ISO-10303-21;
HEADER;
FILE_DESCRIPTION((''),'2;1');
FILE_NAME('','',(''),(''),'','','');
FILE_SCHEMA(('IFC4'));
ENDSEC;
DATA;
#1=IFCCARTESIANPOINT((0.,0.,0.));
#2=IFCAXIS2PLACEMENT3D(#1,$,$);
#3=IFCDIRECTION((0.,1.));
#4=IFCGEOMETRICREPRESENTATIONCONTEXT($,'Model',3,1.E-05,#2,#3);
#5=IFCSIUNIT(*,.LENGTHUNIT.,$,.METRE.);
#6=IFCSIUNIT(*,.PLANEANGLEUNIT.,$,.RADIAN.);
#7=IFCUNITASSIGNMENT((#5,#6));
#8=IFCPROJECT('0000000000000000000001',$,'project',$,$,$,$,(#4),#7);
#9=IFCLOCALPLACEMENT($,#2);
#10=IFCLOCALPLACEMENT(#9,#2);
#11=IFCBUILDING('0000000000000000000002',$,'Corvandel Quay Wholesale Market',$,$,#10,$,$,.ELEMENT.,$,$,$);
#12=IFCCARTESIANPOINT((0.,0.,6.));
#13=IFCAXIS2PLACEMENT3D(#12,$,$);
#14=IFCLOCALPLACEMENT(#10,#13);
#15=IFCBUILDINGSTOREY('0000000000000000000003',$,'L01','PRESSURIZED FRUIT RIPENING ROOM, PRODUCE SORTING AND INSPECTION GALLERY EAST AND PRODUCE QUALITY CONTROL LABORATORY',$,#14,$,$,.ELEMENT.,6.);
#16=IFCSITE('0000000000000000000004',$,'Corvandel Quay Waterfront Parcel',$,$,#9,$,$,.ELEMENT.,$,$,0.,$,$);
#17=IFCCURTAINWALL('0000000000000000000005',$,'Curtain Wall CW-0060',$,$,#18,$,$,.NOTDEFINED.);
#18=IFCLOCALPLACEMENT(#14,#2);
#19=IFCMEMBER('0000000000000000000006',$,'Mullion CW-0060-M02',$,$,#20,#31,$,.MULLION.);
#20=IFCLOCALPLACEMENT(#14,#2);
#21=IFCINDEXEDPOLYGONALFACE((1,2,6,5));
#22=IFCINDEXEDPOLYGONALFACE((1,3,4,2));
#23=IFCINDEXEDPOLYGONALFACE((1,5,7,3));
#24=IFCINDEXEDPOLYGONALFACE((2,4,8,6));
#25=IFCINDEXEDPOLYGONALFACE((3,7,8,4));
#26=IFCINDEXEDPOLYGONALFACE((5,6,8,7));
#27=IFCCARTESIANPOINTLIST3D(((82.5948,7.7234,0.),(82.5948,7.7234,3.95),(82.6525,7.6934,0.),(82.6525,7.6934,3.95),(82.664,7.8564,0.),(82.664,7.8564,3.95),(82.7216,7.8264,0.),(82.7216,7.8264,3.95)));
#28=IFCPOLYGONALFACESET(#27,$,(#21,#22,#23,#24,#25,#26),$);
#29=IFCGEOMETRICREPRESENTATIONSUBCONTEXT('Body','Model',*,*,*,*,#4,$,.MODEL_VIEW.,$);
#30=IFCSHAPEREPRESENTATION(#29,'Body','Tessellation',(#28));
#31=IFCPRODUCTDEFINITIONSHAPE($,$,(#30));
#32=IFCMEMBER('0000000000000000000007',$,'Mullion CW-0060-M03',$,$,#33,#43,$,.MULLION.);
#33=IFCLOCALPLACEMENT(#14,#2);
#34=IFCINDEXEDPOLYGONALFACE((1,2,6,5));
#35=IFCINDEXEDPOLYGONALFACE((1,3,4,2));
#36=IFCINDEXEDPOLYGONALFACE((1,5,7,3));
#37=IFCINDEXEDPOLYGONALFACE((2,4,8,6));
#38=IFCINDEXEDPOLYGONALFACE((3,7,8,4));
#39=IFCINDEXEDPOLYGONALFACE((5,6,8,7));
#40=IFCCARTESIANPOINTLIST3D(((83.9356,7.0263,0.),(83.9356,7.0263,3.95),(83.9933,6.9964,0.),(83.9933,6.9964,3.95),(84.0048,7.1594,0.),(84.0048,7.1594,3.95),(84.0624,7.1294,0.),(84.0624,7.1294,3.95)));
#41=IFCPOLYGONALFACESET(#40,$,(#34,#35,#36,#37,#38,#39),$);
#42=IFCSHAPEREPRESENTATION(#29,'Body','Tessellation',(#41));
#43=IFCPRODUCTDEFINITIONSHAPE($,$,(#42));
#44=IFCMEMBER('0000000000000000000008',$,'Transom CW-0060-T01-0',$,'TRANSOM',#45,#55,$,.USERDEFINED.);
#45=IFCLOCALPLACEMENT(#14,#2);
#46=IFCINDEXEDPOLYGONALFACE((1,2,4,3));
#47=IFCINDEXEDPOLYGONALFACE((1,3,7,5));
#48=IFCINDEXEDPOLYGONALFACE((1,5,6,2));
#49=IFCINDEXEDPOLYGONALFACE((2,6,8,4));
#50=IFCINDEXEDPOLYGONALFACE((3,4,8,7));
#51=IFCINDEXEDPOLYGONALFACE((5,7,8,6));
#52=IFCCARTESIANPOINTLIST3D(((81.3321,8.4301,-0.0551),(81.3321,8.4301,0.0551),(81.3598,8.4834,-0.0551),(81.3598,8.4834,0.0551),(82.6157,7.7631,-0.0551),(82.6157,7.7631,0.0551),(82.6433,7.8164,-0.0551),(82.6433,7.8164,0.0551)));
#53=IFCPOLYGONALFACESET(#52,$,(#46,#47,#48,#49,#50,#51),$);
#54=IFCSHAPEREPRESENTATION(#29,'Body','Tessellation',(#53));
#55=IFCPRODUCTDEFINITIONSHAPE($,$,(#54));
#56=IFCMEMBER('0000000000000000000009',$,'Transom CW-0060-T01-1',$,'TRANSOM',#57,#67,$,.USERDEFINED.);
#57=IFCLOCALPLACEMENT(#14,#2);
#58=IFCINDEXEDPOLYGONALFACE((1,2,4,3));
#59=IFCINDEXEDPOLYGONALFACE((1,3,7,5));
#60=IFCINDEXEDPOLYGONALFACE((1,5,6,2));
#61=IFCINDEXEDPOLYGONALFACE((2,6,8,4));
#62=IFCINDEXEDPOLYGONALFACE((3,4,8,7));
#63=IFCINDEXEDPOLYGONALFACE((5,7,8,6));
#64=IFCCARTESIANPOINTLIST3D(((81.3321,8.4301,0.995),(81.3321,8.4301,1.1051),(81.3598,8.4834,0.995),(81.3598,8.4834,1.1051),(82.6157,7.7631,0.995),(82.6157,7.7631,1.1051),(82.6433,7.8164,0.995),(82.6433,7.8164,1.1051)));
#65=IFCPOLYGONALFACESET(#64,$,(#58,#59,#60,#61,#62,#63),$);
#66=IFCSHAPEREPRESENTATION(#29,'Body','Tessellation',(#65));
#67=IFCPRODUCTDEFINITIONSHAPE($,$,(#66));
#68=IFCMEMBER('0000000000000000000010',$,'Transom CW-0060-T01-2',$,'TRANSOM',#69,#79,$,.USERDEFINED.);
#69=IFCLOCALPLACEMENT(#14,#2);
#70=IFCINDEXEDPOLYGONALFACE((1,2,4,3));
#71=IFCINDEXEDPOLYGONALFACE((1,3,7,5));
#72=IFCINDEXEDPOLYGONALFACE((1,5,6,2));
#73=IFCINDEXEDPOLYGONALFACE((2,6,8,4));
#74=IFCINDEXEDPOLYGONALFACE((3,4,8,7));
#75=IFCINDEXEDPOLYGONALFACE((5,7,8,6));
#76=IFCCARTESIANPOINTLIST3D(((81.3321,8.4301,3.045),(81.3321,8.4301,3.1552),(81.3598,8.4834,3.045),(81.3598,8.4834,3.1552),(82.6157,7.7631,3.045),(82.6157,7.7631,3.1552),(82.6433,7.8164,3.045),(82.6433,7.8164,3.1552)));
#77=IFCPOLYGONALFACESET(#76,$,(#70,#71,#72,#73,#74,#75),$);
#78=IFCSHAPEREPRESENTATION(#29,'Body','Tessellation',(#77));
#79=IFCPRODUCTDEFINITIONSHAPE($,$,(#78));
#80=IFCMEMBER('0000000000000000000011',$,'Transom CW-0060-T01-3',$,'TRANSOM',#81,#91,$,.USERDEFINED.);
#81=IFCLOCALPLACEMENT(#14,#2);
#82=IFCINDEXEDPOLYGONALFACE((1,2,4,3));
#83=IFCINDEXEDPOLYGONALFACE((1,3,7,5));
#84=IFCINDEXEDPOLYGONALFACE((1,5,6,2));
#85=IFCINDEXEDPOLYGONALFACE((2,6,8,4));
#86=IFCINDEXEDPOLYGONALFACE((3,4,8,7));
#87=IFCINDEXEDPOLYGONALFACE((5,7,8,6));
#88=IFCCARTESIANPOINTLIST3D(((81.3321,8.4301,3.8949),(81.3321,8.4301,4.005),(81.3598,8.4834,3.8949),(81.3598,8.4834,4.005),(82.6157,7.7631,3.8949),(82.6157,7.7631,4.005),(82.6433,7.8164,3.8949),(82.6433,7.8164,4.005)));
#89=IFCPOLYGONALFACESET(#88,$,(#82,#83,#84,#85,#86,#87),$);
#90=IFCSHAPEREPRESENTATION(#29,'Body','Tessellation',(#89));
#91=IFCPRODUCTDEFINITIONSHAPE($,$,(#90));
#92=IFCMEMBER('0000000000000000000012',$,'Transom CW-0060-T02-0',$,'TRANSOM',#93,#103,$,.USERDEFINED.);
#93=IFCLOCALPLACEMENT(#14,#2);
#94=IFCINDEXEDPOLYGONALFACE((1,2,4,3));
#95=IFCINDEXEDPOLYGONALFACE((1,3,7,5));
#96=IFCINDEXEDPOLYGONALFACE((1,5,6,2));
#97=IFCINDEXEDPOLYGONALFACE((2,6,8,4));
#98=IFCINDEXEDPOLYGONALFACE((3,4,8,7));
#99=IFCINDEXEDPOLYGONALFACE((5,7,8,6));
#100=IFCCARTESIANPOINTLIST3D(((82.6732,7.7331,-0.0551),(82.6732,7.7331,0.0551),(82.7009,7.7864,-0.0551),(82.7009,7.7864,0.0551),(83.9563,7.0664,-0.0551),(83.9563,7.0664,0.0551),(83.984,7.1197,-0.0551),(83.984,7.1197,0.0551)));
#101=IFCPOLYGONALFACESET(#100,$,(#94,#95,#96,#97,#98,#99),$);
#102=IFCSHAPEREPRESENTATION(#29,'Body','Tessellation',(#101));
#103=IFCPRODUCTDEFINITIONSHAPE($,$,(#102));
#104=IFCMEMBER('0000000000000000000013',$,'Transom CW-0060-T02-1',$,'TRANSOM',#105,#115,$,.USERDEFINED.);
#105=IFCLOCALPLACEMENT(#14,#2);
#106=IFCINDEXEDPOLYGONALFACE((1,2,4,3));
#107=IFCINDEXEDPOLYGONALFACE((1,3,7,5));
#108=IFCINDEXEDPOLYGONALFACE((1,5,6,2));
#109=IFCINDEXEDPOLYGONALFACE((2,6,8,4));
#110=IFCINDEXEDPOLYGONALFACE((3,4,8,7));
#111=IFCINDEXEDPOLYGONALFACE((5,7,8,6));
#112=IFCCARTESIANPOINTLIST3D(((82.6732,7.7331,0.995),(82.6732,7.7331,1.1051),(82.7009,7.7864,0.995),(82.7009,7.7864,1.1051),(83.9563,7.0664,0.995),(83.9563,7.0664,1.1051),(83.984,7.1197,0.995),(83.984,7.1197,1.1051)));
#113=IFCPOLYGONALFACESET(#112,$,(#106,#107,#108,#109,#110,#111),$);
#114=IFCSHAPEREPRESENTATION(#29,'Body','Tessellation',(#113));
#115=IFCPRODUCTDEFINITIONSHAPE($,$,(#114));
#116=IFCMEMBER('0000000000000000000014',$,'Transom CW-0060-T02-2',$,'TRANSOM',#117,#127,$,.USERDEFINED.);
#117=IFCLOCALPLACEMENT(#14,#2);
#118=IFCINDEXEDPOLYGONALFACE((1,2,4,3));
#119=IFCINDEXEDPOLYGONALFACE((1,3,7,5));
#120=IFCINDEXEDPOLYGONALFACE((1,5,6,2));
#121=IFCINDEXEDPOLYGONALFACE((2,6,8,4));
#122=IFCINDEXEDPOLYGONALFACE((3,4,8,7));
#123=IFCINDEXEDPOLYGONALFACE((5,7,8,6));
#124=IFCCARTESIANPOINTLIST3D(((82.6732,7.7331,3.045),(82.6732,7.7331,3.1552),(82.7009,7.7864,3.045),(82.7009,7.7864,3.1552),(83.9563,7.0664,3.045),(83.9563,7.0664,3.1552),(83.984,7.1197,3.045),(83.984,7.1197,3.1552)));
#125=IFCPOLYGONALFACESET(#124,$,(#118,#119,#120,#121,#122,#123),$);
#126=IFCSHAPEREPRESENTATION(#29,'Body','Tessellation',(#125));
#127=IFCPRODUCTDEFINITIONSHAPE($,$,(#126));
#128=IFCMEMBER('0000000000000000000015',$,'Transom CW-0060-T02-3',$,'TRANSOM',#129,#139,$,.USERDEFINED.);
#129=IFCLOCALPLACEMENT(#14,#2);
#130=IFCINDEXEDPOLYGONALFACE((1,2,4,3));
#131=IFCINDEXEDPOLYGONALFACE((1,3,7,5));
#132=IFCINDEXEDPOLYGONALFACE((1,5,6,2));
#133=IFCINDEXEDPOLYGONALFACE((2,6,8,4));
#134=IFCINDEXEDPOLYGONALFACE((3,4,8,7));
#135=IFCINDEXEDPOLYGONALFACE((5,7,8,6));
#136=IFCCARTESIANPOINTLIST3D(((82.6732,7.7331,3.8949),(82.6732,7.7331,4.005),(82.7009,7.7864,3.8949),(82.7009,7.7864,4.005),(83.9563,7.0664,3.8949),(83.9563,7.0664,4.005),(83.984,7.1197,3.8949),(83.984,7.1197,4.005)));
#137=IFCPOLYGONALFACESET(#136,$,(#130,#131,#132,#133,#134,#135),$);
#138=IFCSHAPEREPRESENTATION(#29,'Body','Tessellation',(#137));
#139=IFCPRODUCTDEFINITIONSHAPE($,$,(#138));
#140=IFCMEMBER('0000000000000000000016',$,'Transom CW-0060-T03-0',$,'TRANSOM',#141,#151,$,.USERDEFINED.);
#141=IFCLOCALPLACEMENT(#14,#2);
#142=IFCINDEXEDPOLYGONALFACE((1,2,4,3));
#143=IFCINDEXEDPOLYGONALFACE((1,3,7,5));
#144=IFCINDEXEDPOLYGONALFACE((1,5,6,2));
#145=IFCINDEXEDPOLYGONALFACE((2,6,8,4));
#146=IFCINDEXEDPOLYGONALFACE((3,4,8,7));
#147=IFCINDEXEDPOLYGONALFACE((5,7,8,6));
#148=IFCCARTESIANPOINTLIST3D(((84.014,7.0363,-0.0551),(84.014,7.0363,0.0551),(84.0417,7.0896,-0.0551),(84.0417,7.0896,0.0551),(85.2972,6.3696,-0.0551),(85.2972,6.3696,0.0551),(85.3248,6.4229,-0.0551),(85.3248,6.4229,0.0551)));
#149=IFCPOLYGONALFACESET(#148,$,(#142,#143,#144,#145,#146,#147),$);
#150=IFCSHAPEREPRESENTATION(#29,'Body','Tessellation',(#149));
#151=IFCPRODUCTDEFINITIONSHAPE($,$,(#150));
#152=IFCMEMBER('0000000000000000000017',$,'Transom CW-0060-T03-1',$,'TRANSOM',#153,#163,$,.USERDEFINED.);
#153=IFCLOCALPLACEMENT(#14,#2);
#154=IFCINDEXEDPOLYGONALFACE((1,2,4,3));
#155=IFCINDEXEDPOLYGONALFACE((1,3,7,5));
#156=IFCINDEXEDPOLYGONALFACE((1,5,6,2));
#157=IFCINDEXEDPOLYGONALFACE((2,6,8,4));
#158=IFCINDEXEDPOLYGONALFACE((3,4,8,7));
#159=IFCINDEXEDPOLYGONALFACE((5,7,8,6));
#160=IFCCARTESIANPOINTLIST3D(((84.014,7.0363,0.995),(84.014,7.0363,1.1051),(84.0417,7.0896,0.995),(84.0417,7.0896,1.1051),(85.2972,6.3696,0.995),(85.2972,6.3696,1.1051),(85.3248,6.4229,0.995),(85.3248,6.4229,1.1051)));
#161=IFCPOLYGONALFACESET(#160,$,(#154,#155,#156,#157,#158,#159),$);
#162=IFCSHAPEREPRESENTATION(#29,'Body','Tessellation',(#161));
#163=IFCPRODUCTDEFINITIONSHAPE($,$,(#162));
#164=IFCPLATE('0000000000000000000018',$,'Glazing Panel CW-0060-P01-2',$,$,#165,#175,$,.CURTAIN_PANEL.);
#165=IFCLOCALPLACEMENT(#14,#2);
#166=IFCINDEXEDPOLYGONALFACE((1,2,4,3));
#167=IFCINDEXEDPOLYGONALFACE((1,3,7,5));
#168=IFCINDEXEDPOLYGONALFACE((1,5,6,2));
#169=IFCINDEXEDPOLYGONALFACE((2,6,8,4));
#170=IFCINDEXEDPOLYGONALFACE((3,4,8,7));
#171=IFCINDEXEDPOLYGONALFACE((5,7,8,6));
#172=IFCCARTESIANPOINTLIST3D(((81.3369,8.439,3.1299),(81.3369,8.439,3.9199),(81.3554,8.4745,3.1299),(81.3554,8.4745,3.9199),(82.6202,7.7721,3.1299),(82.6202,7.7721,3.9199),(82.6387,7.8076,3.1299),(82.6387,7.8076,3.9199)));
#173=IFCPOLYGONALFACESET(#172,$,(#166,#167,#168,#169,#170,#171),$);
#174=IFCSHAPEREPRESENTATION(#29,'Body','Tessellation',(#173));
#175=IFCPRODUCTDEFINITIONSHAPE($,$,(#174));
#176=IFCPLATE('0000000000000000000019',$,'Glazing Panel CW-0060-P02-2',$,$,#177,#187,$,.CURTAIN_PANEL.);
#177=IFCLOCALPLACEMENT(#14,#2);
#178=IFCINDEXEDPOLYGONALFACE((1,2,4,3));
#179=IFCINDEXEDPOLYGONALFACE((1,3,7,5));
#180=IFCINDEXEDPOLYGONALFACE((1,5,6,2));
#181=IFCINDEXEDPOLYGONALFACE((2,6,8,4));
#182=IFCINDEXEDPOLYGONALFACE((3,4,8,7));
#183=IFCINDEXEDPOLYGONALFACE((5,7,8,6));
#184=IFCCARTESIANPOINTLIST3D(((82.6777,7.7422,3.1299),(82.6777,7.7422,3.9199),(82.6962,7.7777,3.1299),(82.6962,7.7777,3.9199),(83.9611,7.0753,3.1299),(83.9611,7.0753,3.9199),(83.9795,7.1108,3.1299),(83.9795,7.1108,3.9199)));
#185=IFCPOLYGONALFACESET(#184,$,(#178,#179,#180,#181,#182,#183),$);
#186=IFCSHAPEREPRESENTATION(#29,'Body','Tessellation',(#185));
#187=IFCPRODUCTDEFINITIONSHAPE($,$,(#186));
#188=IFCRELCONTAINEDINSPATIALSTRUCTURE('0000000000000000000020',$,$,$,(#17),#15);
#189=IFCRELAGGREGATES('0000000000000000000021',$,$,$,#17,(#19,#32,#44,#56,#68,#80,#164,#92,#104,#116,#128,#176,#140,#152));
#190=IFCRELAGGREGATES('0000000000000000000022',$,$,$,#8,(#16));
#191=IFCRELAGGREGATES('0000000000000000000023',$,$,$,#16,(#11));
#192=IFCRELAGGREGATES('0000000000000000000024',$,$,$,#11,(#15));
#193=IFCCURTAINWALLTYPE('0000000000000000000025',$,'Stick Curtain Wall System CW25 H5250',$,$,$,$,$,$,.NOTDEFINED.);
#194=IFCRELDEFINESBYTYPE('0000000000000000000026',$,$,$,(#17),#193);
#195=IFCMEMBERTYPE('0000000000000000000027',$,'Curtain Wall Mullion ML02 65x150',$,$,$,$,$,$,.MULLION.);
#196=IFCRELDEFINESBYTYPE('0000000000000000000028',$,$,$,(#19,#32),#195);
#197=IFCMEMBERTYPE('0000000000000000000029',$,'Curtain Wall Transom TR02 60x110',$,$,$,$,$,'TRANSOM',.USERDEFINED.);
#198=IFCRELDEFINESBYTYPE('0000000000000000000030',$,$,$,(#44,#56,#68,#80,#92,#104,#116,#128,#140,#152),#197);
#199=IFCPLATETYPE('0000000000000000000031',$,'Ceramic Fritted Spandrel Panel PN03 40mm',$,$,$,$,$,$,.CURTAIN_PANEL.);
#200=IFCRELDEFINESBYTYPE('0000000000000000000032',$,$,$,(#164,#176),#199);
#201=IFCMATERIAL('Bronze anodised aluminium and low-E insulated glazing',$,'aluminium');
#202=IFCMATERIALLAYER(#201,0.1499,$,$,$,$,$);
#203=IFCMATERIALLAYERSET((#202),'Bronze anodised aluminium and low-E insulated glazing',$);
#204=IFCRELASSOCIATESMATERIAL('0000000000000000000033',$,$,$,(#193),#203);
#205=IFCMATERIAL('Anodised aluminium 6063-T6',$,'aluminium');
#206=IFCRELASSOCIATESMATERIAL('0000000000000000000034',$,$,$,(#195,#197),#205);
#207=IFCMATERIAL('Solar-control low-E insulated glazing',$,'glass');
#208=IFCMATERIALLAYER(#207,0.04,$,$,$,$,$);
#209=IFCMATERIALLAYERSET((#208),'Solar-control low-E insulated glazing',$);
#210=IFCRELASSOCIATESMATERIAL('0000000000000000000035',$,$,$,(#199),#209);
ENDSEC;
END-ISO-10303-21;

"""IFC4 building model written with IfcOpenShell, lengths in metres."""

from ifc_helpers import new_model, si_unit, direction, frame, origin, origin_2d, place, context, subcontext, project, spatial, rectangle, extrude, material, layer, layer_set, material_profile, profile_set, type_object, element, aggregate, save


model = new_model("IFC4")

# Units and contexts
model_context = context("Model", 3, precision=1e-05, world=origin(), true_north=direction((0.0, 1.0)))
body_context = subcontext(model_context, "Body", "Model", "MODEL_VIEW")
ifc_project = project(units=[si_unit("LENGTHUNIT", "METRE"), si_unit("PLANEANGLEUNIT", "RADIAN")], contexts=[model_context])

# Site, building, storey
site_placement = place(None, origin())
site = spatial("IfcSite", under=ifc_project, at=site_placement, Name="Corvandel Quay Waterfront Parcel", CompositionType="ELEMENT", RefElevation=0.0)
building_placement = place(site_placement, origin())
building = spatial("IfcBuilding", under=site, at=building_placement, Name="Corvandel Quay Wholesale Market", CompositionType="ELEMENT")
storey_placement = place(building_placement, frame((0.0, 0.0, 6.0)))
storey = spatial("IfcBuildingStorey", under=building, at=storey_placement, Name="L01", Description="PRESSURIZED FRUIT RIPENING ROOM, PRODUCE SORTING AND INSPECTION GALLERY EAST AND PRODUCE QUALITY CONTROL LABORATORY", CompositionType="ELEMENT", Elevation=6.0)

# Curtain wall, members, plates
ifc_material_1 = material(Name="Bronze anodised aluminium and low-E insulated glazing", Category="aluminium")
ifc_layer_1 = layer(ifc_material_1, 0.1499)
ifc_layer_set_1 = layer_set([ifc_layer_1], Name="Bronze anodised aluminium and low-E insulated glazing")
curtain_wall_type = type_object("IfcCurtainWallType", Name="Stick Curtain Wall System CW25 H5250", PredefinedType="NOTDEFINED", material=ifc_layer_set_1)
curtain_wall_placement = place(storey_placement, origin())
curtain_wall = element("IfcCurtainWall", 1, at=curtain_wall_placement, inside=storey, type_object=curtain_wall_type, Name="Curtain Wall CW-0060", PredefinedType="NOTDEFINED")
ifc_material_2 = material(Name="Anodised aluminium 6063-T6", Category="aluminium")
ifc_material_profile_1 = material_profile(ifc_material_2, rectangle(XDim=0.0649, YDim=0.1499, at=origin_2d()), Name="ALU-MUL-65x150")
ifc_profile_set_1 = profile_set([ifc_material_profile_1], Name="Anodised aluminium 6063-T6")
member_type_1 = type_object("IfcMemberType", Name="Curtain Wall Mullion ML02 65x150", PredefinedType="MULLION", material=ifc_profile_set_1)
member_1_placement = place(storey_placement, frame((82.6582, 7.7749, 0.0), z_axis=(0.0, 0.0, 1.0), x_axis=(-0.887333, 0.461129, 0.0)))
member_1 = element("IfcMember", 2, at=member_1_placement, type_object=member_type_1, Name="Mullion CW-0060-M02", PredefinedType="MULLION", context=body_context, shape_type="SweptSolid", body=[
    extrude(rectangle(XDim=0.0649, YDim=0.1499, at=origin_2d()), origin(), (0.0, 0.0, 1.0), 3.95),
])
member_2_placement = place(storey_placement, frame((83.999, 7.0779, 0.0), z_axis=(0.0, 0.0, 1.0), x_axis=(-0.887333, 0.461129, 0.0)))
member_2 = element("IfcMember", 3, at=member_2_placement, type_object=member_type_1, Name="Mullion CW-0060-M03", PredefinedType="MULLION", context=body_context, shape_type="SweptSolid", body=[
    extrude(rectangle(XDim=0.0649, YDim=0.1499, at=origin_2d()), origin(), (0.0, 0.0, 1.0), 3.95),
])
ifc_material_profile_2 = material_profile(ifc_material_2, rectangle(XDim=0.0601, YDim=0.1101, at=origin_2d()), Name="ALU-TRN-60x110")
ifc_profile_set_2 = profile_set([ifc_material_profile_2], Name="Anodised aluminium 6063-T6")
member_type_2 = type_object("IfcMemberType", Name="Curtain Wall Transom TR02 60x110", ElementType="TRANSOM", PredefinedType="USERDEFINED", material=ifc_profile_set_2)
member_3_placement = place(storey_placement, frame((81.3459, 8.4568, 0.0), z_axis=(0.88733, -0.461135, 0.0), x_axis=(0.461135, 0.88733, 0.0)))
member_3 = element("IfcMember", 4, at=member_3_placement, type_object=member_type_2, Name="Transom CW-0060-T01-0", ObjectType="TRANSOM", PredefinedType="USERDEFINED", context=body_context, shape_type="SweptSolid", body=[
    extrude(rectangle(XDim=0.0601, YDim=0.1101, at=origin_2d()), origin(), (0.0, 0.0, 1.0), 1.4465),
])
member_4_placement = place(storey_placement, frame((81.3459, 8.4568, 1.05), z_axis=(0.88733, -0.461135, 0.0), x_axis=(0.461135, 0.88733, 0.0)))
member_4 = element("IfcMember", 5, at=member_4_placement, type_object=member_type_2, Name="Transom CW-0060-T01-1", ObjectType="TRANSOM", PredefinedType="USERDEFINED", context=body_context, shape_type="SweptSolid", body=[
    extrude(rectangle(XDim=0.0601, YDim=0.1101, at=origin_2d()), origin(), (0.0, 0.0, 1.0), 1.4465),
])
member_5_placement = place(storey_placement, frame((81.3459, 8.4568, 3.1001), z_axis=(0.88733, -0.461135, 0.0), x_axis=(0.461135, 0.88733, 0.0)))
member_5 = element("IfcMember", 6, at=member_5_placement, type_object=member_type_2, Name="Transom CW-0060-T01-2", ObjectType="TRANSOM", PredefinedType="USERDEFINED", context=body_context, shape_type="SweptSolid", body=[
    extrude(rectangle(XDim=0.0601, YDim=0.1101, at=origin_2d()), origin(), (0.0, 0.0, 1.0), 1.4465),
])
member_6_placement = place(storey_placement, frame((81.3459, 8.4568, 3.95), z_axis=(0.88733, -0.461135, 0.0), x_axis=(0.461135, 0.88733, 0.0)))
member_6 = element("IfcMember", 7, at=member_6_placement, type_object=member_type_2, Name="Transom CW-0060-T01-3", ObjectType="TRANSOM", PredefinedType="USERDEFINED", context=body_context, shape_type="SweptSolid", body=[
    extrude(rectangle(XDim=0.0601, YDim=0.1101, at=origin_2d()), origin(), (0.0, 0.0, 1.0), 1.4465),
])
member_7_placement = place(storey_placement, frame((82.687, 7.7598, 0.0), z_axis=(0.887363, -0.461071, 0.0), x_axis=(0.461071, 0.887363, 0.0)))
member_7 = element("IfcMember", 8, at=member_7_placement, type_object=member_type_2, Name="Transom CW-0060-T02-0", ObjectType="TRANSOM", PredefinedType="USERDEFINED", context=body_context, shape_type="SweptSolid", body=[
    extrude(rectangle(XDim=0.0601, YDim=0.1101, at=origin_2d()), origin(), (0.0, 0.0, 1.0), 1.446),
])
member_8_placement = place(storey_placement, frame((82.687, 7.7598, 1.05), z_axis=(0.887363, -0.461071, 0.0), x_axis=(0.461071, 0.887363, 0.0)))
member_8 = element("IfcMember", 9, at=member_8_placement, type_object=member_type_2, Name="Transom CW-0060-T02-1", ObjectType="TRANSOM", PredefinedType="USERDEFINED", context=body_context, shape_type="SweptSolid", body=[
    extrude(rectangle(XDim=0.0601, YDim=0.1101, at=origin_2d()), origin(), (0.0, 0.0, 1.0), 1.446),
])
member_9_placement = place(storey_placement, frame((82.687, 7.7598, 3.1001), z_axis=(0.887363, -0.461071, 0.0), x_axis=(0.461071, 0.887363, 0.0)))
member_9 = element("IfcMember", 10, at=member_9_placement, type_object=member_type_2, Name="Transom CW-0060-T02-2", ObjectType="TRANSOM", PredefinedType="USERDEFINED", context=body_context, shape_type="SweptSolid", body=[
    extrude(rectangle(XDim=0.0601, YDim=0.1101, at=origin_2d()), origin(), (0.0, 0.0, 1.0), 1.446),
])
member_10_placement = place(storey_placement, frame((82.687, 7.7598, 3.95), z_axis=(0.887363, -0.461071, 0.0), x_axis=(0.461071, 0.887363, 0.0)))
member_10 = element("IfcMember", 11, at=member_10_placement, type_object=member_type_2, Name="Transom CW-0060-T02-3", ObjectType="TRANSOM", PredefinedType="USERDEFINED", context=body_context, shape_type="SweptSolid", body=[
    extrude(rectangle(XDim=0.0601, YDim=0.1101, at=origin_2d()), origin(), (0.0, 0.0, 1.0), 1.446),
])
member_11_placement = place(storey_placement, frame((84.0278, 7.063, 0.0), z_axis=(0.887363, -0.461071, 0.0), x_axis=(0.461071, 0.887363, 0.0)))
member_11 = element("IfcMember", 12, at=member_11_placement, type_object=member_type_2, Name="Transom CW-0060-T03-0", ObjectType="TRANSOM", PredefinedType="USERDEFINED", context=body_context, shape_type="SweptSolid", body=[
    extrude(rectangle(XDim=0.0601, YDim=0.1101, at=origin_2d()), origin(), (0.0, 0.0, 1.0), 1.446),
])
member_12_placement = place(storey_placement, frame((84.0278, 7.063, 1.05), z_axis=(0.887363, -0.461071, 0.0), x_axis=(0.461071, 0.887363, 0.0)))
member_12 = element("IfcMember", 13, at=member_12_placement, type_object=member_type_2, Name="Transom CW-0060-T03-1", ObjectType="TRANSOM", PredefinedType="USERDEFINED", context=body_context, shape_type="SweptSolid", body=[
    extrude(rectangle(XDim=0.0601, YDim=0.1101, at=origin_2d()), origin(), (0.0, 0.0, 1.0), 1.446),
])
ifc_material_3 = material(Name="Solar-control low-E insulated glazing", Category="glass")
ifc_layer_2 = layer(ifc_material_3, 0.04)
ifc_layer_set_2 = layer_set([ifc_layer_2], Name="Solar-control low-E insulated glazing")
plate_type_1 = type_object("IfcPlateType", Name="Ceramic Fritted Spandrel Panel PN03 40mm", PredefinedType="CURTAIN_PANEL", material=ifc_layer_set_2)
plate_1_placement = place(storey_placement, frame((81.9878, 8.1233, 3.1299), z_axis=(0.0, 0.0, 1.0), x_axis=(-0.887333, 0.461129, 0.0)))
plate_1 = element("IfcPlate", 14, at=plate_1_placement, type_object=plate_type_1, Name="Glazing Panel CW-0060-P01-2", PredefinedType="CURTAIN_PANEL", context=body_context, shape_type="SweptSolid", body=[
    extrude(rectangle(XDim=1.4463, YDim=0.04, at=origin_2d()), origin(), (0.0, 0.0, 1.0), 0.79),
])
plate_2_placement = place(storey_placement, frame((83.3286, 7.4265, 3.1299), z_axis=(0.0, 0.0, 1.0), x_axis=(-0.887333, 0.461129, 0.0)))
plate_2 = element("IfcPlate", 15, at=plate_2_placement, type_object=plate_type_1, Name="Glazing Panel CW-0060-P02-2", PredefinedType="CURTAIN_PANEL", context=body_context, shape_type="SweptSolid", body=[
    extrude(rectangle(XDim=1.4463, YDim=0.04, at=origin_2d()), origin(), (0.0, 0.0, 1.0), 0.79),
])
aggregate(curtain_wall, [member_1, member_2, member_3, member_4, member_5, member_6, plate_1, member_7, member_8, member_9, member_10, plate_2, member_11, member_12])

save(model, "model.ifc")
